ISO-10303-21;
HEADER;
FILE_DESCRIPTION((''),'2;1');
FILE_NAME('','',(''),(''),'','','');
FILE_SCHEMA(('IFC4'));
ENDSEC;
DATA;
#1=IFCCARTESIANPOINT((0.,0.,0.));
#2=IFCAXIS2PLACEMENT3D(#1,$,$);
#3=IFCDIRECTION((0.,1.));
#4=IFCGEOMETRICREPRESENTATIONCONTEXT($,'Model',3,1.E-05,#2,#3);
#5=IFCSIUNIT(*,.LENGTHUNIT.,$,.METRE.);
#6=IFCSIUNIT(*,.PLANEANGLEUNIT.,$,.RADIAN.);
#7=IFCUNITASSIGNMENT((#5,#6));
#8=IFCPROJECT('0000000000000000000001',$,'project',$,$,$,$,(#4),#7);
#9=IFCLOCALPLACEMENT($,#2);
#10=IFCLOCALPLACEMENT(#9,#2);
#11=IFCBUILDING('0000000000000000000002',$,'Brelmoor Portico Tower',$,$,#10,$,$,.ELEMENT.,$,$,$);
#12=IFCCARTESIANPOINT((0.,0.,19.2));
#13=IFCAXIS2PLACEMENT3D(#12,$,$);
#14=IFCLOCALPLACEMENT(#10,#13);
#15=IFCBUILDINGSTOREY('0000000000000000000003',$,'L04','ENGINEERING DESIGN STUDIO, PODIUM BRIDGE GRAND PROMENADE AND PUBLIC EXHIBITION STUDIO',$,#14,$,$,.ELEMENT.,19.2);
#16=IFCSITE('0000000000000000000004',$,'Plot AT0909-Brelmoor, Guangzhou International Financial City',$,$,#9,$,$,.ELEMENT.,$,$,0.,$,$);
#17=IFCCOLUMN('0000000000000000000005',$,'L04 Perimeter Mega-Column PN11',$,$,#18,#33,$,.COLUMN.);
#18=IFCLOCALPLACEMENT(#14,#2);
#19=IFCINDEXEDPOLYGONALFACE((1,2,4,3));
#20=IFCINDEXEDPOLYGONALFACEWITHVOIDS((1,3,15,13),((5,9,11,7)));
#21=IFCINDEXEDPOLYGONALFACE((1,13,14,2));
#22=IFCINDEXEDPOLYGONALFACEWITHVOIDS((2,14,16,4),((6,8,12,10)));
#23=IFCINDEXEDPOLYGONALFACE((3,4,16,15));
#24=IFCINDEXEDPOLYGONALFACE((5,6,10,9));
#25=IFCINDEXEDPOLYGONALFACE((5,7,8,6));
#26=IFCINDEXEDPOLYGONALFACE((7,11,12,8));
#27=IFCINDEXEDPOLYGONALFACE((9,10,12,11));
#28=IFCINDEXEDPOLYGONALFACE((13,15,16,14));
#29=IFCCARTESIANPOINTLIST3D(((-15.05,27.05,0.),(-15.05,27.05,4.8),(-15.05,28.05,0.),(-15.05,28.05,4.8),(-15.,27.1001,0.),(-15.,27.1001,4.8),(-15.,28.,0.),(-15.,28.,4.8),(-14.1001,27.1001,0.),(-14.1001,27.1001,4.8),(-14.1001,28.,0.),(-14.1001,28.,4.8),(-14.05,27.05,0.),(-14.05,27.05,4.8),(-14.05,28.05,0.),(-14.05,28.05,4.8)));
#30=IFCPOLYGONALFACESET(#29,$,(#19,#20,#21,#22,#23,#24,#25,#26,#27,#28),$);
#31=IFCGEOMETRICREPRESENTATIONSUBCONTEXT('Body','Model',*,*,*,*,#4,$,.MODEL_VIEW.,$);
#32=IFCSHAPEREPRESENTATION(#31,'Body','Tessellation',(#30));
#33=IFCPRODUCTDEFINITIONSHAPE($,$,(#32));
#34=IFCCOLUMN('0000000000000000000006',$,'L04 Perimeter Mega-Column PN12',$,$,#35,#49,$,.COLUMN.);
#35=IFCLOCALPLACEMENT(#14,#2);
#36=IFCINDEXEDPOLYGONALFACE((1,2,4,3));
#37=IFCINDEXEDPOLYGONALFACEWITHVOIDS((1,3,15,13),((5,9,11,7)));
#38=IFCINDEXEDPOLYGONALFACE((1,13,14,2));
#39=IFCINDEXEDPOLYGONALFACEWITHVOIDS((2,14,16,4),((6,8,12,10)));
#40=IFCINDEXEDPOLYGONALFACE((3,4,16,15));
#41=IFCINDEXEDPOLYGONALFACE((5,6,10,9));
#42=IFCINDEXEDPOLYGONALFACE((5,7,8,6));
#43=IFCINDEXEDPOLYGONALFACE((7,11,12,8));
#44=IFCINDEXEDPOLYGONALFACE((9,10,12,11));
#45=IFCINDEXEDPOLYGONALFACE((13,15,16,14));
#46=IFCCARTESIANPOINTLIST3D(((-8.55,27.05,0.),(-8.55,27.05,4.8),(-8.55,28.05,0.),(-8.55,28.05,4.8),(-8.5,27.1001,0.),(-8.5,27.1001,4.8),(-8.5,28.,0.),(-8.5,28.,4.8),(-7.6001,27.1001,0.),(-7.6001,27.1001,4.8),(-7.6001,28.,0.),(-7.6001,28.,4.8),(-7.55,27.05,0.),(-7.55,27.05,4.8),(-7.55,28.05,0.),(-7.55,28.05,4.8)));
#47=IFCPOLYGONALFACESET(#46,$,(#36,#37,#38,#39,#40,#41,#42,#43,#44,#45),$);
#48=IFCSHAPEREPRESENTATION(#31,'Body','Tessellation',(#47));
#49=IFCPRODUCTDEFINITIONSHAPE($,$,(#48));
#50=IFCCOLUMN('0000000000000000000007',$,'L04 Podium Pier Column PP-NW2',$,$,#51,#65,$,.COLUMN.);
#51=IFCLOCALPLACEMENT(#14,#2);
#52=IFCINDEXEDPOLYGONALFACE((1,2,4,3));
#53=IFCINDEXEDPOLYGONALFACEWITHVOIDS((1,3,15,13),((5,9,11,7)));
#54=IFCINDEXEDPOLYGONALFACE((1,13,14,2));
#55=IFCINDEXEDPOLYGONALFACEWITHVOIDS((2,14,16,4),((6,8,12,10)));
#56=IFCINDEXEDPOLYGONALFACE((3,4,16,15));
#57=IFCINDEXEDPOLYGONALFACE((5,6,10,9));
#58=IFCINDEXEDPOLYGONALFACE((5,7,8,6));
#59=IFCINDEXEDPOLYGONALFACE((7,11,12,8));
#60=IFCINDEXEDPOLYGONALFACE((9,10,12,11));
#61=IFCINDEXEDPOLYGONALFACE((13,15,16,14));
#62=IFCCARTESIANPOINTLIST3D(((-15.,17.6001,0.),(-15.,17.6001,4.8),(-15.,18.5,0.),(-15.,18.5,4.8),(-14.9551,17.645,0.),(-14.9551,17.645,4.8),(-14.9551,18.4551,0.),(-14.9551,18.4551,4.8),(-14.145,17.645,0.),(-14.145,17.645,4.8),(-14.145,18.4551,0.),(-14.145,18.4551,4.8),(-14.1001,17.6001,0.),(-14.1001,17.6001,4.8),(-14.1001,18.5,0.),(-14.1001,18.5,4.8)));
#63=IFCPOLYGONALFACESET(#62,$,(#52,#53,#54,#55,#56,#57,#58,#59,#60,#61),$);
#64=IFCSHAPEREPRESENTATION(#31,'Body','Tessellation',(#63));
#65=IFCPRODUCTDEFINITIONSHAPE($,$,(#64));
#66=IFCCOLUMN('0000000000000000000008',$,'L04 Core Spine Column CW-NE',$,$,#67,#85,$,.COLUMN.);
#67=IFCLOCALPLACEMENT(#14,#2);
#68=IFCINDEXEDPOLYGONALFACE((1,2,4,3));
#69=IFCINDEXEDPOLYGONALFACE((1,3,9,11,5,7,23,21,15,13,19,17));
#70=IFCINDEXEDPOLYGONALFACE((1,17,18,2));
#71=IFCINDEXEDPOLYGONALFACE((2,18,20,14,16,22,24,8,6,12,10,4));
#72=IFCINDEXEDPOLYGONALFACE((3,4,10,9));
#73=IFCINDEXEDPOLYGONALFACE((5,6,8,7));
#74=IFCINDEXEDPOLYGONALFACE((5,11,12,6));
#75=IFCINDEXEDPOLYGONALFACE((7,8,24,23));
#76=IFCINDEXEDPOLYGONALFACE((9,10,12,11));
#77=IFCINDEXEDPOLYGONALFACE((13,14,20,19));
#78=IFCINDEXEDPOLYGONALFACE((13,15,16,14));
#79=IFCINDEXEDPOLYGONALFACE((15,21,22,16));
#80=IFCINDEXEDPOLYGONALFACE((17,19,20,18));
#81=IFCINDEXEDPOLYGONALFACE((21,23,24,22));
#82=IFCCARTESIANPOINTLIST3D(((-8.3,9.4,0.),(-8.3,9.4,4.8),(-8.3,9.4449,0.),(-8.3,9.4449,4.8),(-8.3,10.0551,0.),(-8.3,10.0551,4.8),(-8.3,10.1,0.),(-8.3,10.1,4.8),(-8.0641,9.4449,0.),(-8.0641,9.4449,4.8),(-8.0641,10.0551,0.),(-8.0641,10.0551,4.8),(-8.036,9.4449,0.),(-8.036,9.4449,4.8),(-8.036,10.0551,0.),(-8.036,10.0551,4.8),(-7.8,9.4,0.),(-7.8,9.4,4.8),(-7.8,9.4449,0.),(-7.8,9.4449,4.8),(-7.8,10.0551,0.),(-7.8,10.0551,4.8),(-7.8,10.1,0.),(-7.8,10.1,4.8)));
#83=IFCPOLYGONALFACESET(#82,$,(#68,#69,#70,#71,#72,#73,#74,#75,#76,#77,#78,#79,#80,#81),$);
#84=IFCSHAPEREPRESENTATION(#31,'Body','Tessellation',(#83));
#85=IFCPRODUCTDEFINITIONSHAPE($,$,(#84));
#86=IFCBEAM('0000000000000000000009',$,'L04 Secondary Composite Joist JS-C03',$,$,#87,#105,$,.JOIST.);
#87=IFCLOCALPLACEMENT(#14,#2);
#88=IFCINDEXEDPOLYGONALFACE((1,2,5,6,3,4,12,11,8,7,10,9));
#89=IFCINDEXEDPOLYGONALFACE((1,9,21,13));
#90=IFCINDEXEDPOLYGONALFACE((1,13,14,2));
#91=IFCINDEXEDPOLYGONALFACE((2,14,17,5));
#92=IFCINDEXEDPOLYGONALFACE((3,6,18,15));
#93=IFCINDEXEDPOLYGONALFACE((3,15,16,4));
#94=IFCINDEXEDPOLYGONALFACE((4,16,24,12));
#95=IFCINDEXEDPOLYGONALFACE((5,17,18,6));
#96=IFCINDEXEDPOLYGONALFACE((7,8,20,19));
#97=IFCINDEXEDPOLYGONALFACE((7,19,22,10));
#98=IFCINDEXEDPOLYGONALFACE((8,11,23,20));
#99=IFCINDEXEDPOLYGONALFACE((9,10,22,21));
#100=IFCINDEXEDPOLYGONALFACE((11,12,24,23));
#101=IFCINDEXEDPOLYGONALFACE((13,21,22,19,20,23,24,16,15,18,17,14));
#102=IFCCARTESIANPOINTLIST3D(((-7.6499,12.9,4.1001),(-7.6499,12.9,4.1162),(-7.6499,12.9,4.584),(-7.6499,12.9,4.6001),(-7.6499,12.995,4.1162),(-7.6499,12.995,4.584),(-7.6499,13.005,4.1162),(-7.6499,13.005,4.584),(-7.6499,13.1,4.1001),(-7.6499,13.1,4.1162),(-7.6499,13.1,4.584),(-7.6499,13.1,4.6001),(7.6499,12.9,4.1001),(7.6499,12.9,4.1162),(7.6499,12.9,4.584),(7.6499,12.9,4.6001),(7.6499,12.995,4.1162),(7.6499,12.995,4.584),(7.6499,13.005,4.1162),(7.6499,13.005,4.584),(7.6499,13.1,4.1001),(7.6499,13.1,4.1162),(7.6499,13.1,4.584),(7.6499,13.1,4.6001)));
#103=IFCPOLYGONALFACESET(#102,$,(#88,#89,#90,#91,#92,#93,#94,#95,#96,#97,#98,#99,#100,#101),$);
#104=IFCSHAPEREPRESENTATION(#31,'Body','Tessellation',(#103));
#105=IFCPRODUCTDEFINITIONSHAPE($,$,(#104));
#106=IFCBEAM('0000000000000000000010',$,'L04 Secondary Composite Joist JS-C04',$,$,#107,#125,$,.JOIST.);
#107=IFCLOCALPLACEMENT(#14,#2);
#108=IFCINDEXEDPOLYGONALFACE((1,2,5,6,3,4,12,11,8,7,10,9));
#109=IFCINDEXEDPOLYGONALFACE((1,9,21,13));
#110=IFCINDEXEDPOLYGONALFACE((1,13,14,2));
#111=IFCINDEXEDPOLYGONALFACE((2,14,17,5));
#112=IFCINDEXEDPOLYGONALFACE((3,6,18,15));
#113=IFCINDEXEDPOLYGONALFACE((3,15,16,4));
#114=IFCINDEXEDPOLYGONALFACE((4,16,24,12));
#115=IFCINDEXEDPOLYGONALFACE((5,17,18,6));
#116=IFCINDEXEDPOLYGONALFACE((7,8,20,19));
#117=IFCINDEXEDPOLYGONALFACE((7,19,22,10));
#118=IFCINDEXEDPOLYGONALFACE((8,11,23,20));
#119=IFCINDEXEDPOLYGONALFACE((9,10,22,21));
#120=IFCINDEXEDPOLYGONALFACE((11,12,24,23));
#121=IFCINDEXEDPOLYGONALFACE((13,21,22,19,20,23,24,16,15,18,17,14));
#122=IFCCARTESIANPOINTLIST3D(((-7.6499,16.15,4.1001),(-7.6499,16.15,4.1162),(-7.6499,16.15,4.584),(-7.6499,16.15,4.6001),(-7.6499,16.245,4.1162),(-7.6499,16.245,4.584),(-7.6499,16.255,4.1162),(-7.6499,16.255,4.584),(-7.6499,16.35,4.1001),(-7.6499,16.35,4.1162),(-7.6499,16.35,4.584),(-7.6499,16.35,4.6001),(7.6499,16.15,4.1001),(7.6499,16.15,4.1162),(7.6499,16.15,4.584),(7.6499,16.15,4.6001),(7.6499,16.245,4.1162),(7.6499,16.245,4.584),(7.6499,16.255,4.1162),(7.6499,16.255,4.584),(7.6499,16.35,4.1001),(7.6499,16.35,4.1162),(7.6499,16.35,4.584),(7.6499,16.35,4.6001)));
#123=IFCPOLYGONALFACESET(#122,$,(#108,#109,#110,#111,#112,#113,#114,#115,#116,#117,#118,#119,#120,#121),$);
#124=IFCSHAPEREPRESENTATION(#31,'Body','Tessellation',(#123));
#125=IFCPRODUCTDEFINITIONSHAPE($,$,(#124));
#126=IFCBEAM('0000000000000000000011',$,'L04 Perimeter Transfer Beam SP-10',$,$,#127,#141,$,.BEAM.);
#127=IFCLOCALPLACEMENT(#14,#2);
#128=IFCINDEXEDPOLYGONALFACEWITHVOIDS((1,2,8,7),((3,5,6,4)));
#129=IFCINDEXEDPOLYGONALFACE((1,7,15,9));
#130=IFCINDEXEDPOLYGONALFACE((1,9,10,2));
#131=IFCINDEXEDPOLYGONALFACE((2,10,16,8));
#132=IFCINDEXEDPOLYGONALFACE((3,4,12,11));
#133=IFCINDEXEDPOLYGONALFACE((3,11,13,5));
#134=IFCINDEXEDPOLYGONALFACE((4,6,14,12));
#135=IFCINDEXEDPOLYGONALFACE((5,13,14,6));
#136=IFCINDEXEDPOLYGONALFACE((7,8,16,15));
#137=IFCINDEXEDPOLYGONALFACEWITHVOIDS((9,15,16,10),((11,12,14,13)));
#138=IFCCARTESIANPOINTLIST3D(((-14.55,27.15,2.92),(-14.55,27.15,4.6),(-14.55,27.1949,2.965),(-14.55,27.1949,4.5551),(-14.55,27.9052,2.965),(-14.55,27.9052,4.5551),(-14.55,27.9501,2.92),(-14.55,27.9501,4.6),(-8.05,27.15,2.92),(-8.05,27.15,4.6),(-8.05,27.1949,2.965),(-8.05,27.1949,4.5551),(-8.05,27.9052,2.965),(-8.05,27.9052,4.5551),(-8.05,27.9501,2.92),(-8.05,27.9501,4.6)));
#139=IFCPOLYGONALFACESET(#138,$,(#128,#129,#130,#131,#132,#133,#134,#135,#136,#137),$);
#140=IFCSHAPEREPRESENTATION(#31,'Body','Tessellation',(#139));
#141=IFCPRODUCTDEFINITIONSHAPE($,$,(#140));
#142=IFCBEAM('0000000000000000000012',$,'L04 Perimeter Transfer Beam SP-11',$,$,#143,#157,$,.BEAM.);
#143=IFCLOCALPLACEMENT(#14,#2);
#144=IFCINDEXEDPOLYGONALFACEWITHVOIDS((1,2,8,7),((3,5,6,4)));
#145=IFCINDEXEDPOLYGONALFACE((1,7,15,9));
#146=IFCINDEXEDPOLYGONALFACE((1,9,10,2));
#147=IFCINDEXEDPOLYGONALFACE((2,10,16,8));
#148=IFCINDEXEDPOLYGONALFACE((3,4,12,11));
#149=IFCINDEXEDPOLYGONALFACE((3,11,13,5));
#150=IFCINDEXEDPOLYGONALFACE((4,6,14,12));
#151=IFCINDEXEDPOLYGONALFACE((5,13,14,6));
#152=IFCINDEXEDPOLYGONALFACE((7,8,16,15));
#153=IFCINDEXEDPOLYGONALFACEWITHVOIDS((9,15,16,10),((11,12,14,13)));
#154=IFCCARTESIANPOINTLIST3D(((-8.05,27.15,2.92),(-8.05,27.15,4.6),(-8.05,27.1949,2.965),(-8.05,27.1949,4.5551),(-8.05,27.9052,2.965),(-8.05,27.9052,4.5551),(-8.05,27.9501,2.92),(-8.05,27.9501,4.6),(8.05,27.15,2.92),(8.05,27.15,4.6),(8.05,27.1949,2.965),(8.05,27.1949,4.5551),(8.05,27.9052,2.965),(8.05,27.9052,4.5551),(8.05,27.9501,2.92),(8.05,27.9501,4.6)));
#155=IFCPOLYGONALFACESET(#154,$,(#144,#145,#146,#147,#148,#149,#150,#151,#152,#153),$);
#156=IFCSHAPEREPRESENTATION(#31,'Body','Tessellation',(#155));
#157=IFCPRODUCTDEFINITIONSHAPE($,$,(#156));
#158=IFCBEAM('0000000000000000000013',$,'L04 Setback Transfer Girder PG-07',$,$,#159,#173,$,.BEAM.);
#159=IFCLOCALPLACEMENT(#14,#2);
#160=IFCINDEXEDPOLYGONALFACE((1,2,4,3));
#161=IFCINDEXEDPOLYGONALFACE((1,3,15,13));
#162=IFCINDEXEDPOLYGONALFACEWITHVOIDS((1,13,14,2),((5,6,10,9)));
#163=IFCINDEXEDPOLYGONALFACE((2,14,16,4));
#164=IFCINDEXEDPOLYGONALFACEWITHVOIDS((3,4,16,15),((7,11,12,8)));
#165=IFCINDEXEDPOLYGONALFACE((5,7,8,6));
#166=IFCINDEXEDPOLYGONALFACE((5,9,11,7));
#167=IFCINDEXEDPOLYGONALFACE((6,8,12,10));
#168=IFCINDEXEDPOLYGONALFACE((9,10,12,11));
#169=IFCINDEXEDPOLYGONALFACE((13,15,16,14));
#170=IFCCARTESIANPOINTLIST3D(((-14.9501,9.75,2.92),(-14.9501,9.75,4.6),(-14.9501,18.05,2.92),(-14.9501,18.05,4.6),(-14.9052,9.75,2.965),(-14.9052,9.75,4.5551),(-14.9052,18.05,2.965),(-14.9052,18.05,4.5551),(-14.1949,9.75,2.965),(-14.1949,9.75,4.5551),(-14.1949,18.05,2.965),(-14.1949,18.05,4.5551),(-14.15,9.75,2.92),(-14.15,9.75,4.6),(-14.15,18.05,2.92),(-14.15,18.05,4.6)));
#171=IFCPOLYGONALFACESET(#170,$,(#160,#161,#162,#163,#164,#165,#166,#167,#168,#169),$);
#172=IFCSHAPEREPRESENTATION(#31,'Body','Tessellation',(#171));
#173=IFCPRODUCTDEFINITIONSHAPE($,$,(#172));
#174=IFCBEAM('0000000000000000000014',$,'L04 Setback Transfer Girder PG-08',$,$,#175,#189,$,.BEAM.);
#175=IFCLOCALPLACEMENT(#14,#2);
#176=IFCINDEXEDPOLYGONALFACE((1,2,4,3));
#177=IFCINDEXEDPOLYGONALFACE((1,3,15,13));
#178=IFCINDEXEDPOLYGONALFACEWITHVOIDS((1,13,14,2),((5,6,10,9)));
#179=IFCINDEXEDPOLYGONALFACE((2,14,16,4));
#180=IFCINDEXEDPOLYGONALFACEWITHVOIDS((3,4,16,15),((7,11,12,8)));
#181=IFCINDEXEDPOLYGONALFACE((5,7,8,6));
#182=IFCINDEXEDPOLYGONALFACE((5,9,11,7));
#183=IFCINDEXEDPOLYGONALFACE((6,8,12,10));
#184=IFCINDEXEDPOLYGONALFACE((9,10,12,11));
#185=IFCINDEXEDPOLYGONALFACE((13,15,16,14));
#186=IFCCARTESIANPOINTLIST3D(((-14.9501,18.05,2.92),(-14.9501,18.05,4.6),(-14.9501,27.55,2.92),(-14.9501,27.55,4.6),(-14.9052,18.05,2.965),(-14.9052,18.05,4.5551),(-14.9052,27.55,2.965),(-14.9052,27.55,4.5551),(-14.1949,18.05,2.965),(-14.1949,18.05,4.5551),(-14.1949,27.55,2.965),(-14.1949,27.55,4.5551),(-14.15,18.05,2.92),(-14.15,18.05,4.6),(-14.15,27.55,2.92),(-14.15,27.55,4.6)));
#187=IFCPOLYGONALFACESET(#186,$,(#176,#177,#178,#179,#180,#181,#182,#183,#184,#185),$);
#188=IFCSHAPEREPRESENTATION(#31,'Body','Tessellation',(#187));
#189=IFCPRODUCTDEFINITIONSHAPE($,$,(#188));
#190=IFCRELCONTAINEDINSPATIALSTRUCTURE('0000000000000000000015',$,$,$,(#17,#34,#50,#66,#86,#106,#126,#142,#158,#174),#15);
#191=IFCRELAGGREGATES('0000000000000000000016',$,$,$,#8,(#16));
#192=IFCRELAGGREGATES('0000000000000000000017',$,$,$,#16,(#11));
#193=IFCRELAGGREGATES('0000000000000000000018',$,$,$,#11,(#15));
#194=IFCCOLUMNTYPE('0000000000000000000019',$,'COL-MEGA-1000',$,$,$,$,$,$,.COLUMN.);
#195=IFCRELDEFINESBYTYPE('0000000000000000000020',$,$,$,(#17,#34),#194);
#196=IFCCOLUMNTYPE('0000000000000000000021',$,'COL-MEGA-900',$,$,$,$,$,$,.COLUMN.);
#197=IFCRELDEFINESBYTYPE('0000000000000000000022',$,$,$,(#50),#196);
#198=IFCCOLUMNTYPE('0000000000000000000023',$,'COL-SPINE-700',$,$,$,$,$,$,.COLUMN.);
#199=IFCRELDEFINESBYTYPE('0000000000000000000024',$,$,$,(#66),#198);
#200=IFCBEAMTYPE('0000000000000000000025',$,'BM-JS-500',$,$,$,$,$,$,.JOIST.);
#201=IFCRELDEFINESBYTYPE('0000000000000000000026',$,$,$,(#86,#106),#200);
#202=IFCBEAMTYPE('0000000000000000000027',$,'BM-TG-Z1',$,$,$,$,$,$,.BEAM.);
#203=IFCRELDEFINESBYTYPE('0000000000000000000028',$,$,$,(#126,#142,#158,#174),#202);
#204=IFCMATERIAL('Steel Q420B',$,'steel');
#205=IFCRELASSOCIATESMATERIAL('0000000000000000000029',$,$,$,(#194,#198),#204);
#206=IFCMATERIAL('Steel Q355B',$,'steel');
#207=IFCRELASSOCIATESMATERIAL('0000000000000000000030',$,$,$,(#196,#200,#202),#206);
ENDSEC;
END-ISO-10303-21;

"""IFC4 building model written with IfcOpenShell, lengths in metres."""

from ifc_helpers import new_model, si_unit, direction, frame, origin, origin_2d, place, context, subcontext, project, spatial, hollow_rectangle, i_section, extrude, material, material_profile, profile_set, type_object, element, save


model = new_model("IFC4")

# Units and contexts
model_context = context("Model", 3, precision=1e-05, world=origin(), true_north=direction((0.0, 1.0)))
body_context = subcontext(model_context, "Body", "Model", "MODEL_VIEW")
ifc_project = project(units=[si_unit("LENGTHUNIT", "METRE"), si_unit("PLANEANGLEUNIT", "RADIAN")], contexts=[model_context])

# Site, building, storey
site_placement = place(None, origin())
site = spatial("IfcSite", under=ifc_project, at=site_placement, Name="Plot AT0909-Brelmoor, Guangzhou International Financial City", CompositionType="ELEMENT", RefElevation=0.0)
building_placement = place(site_placement, origin())
building = spatial("IfcBuilding", under=site, at=building_placement, Name="Brelmoor Portico Tower", CompositionType="ELEMENT")
storey_placement = place(building_placement, frame((0.0, 0.0, 19.2)))
storey = spatial("IfcBuildingStorey", under=building, at=storey_placement, Name="L04", Description="ENGINEERING DESIGN STUDIO, PODIUM BRIDGE GRAND PROMENADE AND PUBLIC EXHIBITION STUDIO", CompositionType="ELEMENT", Elevation=19.2)

# Columns
ifc_material_1 = material(Name="Steel Q420B", Category="steel")
ifc_material_profile_1 = material_profile(ifc_material_1, hollow_rectangle(XDim=1.0, YDim=1.0, WallThickness=0.05, at=origin_2d()), Name="BOX 1000x1000x50")
ifc_profile_set_1 = profile_set([ifc_material_profile_1], Name="Steel Q420B")
column_type_1 = type_object("IfcColumnType", Name="COL-MEGA-1000", PredefinedType="COLUMN", material=ifc_profile_set_1)
for number, where, z_axis, x_axis, name in (
    (1, (-14.55, 27.55, 0.0), (0.0, 0.0, 1.0), (1.0, 0.0, 0.0), "L04 Perimeter Mega-Column PN11"),
    (2, (-8.05, 27.55, 0.0), (0.0, 0.0, 1.0), (1.0, 0.0, 0.0), "L04 Perimeter Mega-Column PN12"),
):
    element("IfcColumn", number, at=place(storey_placement, frame(where, z_axis=z_axis, x_axis=x_axis)), inside=storey, type_object=column_type_1, Name=name, PredefinedType="COLUMN", context=body_context, shape_type="SweptSolid", body=[
        extrude(hollow_rectangle(XDim=1.0, YDim=1.0, WallThickness=0.05, at=origin_2d()), origin(), (0.0, 0.0, 1.0), 4.8),
    ])
ifc_material_2 = material(Name="Steel Q355B", Category="steel")
ifc_material_profile_2 = material_profile(ifc_material_2, hollow_rectangle(XDim=0.8999, YDim=0.8999, WallThickness=0.0449, at=origin_2d()), Name="BOX 900x900x45")
ifc_profile_set_2 = profile_set([ifc_material_profile_2], Name="Steel Q355B")
column_type_2 = type_object("IfcColumnType", Name="COL-MEGA-900", PredefinedType="COLUMN", material=ifc_profile_set_2)
column_1_placement = place(storey_placement, frame((-14.55, 18.05, 0.0), z_axis=(0.0, 0.0, 1.0), x_axis=(1.0, 0.0, 0.0)))
element("IfcColumn", 3, at=column_1_placement, inside=storey, type_object=column_type_2, Name="L04 Podium Pier Column PP-NW2", PredefinedType="COLUMN", context=body_context, shape_type="SweptSolid", body=[
    extrude(hollow_rectangle(XDim=0.8999, YDim=0.8999, WallThickness=0.0449, at=origin_2d()), origin(), (0.0, 0.0, 1.0), 4.8),
])
ifc_material_profile_3 = material_profile(ifc_material_1, i_section(OverallWidth=0.5, OverallDepth=0.7, WebThickness=0.0281, FlangeThickness=0.0449, at=origin_2d()), Name="HW 700x500x28x45")
ifc_profile_set_3 = profile_set([ifc_material_profile_3], Name="Steel Q420B")
column_type_3 = type_object("IfcColumnType", Name="COL-SPINE-700", PredefinedType="COLUMN", material=ifc_profile_set_3)
column_2_placement = place(storey_placement, frame((-8.05, 9.75, 0.0), z_axis=(0.0, 0.0, 1.0), x_axis=(1.0, 0.0, 0.0)))
element("IfcColumn", 4, at=column_2_placement, inside=storey, type_object=column_type_3, Name="L04 Core Spine Column CW-NE", PredefinedType="COLUMN", context=body_context, shape_type="SweptSolid", body=[
    extrude(i_section(OverallWidth=0.5, OverallDepth=0.7, WebThickness=0.0281, FlangeThickness=0.0449, at=origin_2d()), origin(), (0.0, 0.0, 1.0), 4.8),
])

# Beams
ifc_material_profile_4 = material_profile(ifc_material_2, i_section(OverallWidth=0.2, OverallDepth=0.5, WebThickness=0.01, FlangeThickness=0.0161, at=origin_2d()), Name="HN 500x200x10x16")
ifc_profile_set_4 = profile_set([ifc_material_profile_4], Name="Steel Q355B")
beam_type_1 = type_object("IfcBeamType", Name="BM-JS-500", PredefinedType="JOIST", material=ifc_profile_set_4)
for number, where, z_axis, x_axis, name in (
    (5, (-7.6499, 13.0, 4.3501), (1.0, 0.0, 0.0), (0.0, 1.0, 0.0), "L04 Secondary Composite Joist JS-C03"),
    (6, (-7.6499, 16.25, 4.3501), (1.0, 0.0, 0.0), (0.0, 1.0, 0.0), "L04 Secondary Composite Joist JS-C04"),
):
    element("IfcBeam", number, at=place(storey_placement, frame(where, z_axis=z_axis, x_axis=x_axis)), inside=storey, type_object=beam_type_1, Name=name, PredefinedType="JOIST", context=body_context, shape_type="SweptSolid", body=[
        extrude(i_section(OverallWidth=0.2, OverallDepth=0.5, WebThickness=0.01, FlangeThickness=0.0161, at=origin_2d()), origin(), (0.0, 0.0, 1.0), 15.2998),
    ])
ifc_material_profile_5 = material_profile(ifc_material_2, hollow_rectangle(XDim=0.8, YDim=1.6799, WallThickness=0.0449, at=origin_2d()), Name="BOX 800x1680x45")
ifc_profile_set_5 = profile_set([ifc_material_profile_5], Name="Steel Q355B")
beam_type_2 = type_object("IfcBeamType", Name="BM-TG-Z1", PredefinedType="BEAM", material=ifc_profile_set_5)
beam_1_placement = place(storey_placement, frame((-14.55, 27.55, 3.76), z_axis=(1.0, 0.0, 0.0), x_axis=(0.0, 1.0, 0.0)))
element("IfcBeam", 7, at=beam_1_placement, inside=storey, type_object=beam_type_2, Name="L04 Perimeter Transfer Beam SP-10", PredefinedType="BEAM", context=body_context, shape_type="SweptSolid", body=[
    extrude(hollow_rectangle(XDim=0.8, YDim=1.6799, WallThickness=0.0449, at=origin_2d()), origin(), (0.0, 0.0, 1.0), 6.5),
])
beam_2_placement = place(storey_placement, frame((-8.05, 27.55, 3.76), z_axis=(1.0, 0.0, 0.0), x_axis=(0.0, 1.0, 0.0)))
element("IfcBeam", 8, at=beam_2_placement, inside=storey, type_object=beam_type_2, Name="L04 Perimeter Transfer Beam SP-11", PredefinedType="BEAM", context=body_context, shape_type="SweptSolid", body=[
    extrude(hollow_rectangle(XDim=0.8, YDim=1.6799, WallThickness=0.0449, at=origin_2d()), origin(), (0.0, 0.0, 1.0), 16.1001),
])
beam_3_placement = place(storey_placement, frame((-14.55, 9.75, 3.76), z_axis=(0.0, 1.0, 0.0), x_axis=(-1.0, 0.0, 0.0)))
element("IfcBeam", 9, at=beam_3_placement, inside=storey, type_object=beam_type_2, Name="L04 Setback Transfer Girder PG-07", PredefinedType="BEAM", context=body_context, shape_type="SweptSolid", body=[
    extrude(hollow_rectangle(XDim=0.8, YDim=1.6799, WallThickness=0.0449, at=origin_2d()), origin(), (0.0, 0.0, 1.0), 8.3),
])
beam_4_placement = place(storey_placement, frame((-14.55, 18.05, 3.76), z_axis=(0.0, 1.0, 0.0), x_axis=(-1.0, 0.0, 0.0)))
element("IfcBeam", 10, at=beam_4_placement, inside=storey, type_object=beam_type_2, Name="L04 Setback Transfer Girder PG-08", PredefinedType="BEAM", context=body_context, shape_type="SweptSolid", body=[
    extrude(hollow_rectangle(XDim=0.8, YDim=1.6799, WallThickness=0.0449, at=origin_2d()), origin(), (0.0, 0.0, 1.0), 9.5),
])

save(model, "model.ifc")
